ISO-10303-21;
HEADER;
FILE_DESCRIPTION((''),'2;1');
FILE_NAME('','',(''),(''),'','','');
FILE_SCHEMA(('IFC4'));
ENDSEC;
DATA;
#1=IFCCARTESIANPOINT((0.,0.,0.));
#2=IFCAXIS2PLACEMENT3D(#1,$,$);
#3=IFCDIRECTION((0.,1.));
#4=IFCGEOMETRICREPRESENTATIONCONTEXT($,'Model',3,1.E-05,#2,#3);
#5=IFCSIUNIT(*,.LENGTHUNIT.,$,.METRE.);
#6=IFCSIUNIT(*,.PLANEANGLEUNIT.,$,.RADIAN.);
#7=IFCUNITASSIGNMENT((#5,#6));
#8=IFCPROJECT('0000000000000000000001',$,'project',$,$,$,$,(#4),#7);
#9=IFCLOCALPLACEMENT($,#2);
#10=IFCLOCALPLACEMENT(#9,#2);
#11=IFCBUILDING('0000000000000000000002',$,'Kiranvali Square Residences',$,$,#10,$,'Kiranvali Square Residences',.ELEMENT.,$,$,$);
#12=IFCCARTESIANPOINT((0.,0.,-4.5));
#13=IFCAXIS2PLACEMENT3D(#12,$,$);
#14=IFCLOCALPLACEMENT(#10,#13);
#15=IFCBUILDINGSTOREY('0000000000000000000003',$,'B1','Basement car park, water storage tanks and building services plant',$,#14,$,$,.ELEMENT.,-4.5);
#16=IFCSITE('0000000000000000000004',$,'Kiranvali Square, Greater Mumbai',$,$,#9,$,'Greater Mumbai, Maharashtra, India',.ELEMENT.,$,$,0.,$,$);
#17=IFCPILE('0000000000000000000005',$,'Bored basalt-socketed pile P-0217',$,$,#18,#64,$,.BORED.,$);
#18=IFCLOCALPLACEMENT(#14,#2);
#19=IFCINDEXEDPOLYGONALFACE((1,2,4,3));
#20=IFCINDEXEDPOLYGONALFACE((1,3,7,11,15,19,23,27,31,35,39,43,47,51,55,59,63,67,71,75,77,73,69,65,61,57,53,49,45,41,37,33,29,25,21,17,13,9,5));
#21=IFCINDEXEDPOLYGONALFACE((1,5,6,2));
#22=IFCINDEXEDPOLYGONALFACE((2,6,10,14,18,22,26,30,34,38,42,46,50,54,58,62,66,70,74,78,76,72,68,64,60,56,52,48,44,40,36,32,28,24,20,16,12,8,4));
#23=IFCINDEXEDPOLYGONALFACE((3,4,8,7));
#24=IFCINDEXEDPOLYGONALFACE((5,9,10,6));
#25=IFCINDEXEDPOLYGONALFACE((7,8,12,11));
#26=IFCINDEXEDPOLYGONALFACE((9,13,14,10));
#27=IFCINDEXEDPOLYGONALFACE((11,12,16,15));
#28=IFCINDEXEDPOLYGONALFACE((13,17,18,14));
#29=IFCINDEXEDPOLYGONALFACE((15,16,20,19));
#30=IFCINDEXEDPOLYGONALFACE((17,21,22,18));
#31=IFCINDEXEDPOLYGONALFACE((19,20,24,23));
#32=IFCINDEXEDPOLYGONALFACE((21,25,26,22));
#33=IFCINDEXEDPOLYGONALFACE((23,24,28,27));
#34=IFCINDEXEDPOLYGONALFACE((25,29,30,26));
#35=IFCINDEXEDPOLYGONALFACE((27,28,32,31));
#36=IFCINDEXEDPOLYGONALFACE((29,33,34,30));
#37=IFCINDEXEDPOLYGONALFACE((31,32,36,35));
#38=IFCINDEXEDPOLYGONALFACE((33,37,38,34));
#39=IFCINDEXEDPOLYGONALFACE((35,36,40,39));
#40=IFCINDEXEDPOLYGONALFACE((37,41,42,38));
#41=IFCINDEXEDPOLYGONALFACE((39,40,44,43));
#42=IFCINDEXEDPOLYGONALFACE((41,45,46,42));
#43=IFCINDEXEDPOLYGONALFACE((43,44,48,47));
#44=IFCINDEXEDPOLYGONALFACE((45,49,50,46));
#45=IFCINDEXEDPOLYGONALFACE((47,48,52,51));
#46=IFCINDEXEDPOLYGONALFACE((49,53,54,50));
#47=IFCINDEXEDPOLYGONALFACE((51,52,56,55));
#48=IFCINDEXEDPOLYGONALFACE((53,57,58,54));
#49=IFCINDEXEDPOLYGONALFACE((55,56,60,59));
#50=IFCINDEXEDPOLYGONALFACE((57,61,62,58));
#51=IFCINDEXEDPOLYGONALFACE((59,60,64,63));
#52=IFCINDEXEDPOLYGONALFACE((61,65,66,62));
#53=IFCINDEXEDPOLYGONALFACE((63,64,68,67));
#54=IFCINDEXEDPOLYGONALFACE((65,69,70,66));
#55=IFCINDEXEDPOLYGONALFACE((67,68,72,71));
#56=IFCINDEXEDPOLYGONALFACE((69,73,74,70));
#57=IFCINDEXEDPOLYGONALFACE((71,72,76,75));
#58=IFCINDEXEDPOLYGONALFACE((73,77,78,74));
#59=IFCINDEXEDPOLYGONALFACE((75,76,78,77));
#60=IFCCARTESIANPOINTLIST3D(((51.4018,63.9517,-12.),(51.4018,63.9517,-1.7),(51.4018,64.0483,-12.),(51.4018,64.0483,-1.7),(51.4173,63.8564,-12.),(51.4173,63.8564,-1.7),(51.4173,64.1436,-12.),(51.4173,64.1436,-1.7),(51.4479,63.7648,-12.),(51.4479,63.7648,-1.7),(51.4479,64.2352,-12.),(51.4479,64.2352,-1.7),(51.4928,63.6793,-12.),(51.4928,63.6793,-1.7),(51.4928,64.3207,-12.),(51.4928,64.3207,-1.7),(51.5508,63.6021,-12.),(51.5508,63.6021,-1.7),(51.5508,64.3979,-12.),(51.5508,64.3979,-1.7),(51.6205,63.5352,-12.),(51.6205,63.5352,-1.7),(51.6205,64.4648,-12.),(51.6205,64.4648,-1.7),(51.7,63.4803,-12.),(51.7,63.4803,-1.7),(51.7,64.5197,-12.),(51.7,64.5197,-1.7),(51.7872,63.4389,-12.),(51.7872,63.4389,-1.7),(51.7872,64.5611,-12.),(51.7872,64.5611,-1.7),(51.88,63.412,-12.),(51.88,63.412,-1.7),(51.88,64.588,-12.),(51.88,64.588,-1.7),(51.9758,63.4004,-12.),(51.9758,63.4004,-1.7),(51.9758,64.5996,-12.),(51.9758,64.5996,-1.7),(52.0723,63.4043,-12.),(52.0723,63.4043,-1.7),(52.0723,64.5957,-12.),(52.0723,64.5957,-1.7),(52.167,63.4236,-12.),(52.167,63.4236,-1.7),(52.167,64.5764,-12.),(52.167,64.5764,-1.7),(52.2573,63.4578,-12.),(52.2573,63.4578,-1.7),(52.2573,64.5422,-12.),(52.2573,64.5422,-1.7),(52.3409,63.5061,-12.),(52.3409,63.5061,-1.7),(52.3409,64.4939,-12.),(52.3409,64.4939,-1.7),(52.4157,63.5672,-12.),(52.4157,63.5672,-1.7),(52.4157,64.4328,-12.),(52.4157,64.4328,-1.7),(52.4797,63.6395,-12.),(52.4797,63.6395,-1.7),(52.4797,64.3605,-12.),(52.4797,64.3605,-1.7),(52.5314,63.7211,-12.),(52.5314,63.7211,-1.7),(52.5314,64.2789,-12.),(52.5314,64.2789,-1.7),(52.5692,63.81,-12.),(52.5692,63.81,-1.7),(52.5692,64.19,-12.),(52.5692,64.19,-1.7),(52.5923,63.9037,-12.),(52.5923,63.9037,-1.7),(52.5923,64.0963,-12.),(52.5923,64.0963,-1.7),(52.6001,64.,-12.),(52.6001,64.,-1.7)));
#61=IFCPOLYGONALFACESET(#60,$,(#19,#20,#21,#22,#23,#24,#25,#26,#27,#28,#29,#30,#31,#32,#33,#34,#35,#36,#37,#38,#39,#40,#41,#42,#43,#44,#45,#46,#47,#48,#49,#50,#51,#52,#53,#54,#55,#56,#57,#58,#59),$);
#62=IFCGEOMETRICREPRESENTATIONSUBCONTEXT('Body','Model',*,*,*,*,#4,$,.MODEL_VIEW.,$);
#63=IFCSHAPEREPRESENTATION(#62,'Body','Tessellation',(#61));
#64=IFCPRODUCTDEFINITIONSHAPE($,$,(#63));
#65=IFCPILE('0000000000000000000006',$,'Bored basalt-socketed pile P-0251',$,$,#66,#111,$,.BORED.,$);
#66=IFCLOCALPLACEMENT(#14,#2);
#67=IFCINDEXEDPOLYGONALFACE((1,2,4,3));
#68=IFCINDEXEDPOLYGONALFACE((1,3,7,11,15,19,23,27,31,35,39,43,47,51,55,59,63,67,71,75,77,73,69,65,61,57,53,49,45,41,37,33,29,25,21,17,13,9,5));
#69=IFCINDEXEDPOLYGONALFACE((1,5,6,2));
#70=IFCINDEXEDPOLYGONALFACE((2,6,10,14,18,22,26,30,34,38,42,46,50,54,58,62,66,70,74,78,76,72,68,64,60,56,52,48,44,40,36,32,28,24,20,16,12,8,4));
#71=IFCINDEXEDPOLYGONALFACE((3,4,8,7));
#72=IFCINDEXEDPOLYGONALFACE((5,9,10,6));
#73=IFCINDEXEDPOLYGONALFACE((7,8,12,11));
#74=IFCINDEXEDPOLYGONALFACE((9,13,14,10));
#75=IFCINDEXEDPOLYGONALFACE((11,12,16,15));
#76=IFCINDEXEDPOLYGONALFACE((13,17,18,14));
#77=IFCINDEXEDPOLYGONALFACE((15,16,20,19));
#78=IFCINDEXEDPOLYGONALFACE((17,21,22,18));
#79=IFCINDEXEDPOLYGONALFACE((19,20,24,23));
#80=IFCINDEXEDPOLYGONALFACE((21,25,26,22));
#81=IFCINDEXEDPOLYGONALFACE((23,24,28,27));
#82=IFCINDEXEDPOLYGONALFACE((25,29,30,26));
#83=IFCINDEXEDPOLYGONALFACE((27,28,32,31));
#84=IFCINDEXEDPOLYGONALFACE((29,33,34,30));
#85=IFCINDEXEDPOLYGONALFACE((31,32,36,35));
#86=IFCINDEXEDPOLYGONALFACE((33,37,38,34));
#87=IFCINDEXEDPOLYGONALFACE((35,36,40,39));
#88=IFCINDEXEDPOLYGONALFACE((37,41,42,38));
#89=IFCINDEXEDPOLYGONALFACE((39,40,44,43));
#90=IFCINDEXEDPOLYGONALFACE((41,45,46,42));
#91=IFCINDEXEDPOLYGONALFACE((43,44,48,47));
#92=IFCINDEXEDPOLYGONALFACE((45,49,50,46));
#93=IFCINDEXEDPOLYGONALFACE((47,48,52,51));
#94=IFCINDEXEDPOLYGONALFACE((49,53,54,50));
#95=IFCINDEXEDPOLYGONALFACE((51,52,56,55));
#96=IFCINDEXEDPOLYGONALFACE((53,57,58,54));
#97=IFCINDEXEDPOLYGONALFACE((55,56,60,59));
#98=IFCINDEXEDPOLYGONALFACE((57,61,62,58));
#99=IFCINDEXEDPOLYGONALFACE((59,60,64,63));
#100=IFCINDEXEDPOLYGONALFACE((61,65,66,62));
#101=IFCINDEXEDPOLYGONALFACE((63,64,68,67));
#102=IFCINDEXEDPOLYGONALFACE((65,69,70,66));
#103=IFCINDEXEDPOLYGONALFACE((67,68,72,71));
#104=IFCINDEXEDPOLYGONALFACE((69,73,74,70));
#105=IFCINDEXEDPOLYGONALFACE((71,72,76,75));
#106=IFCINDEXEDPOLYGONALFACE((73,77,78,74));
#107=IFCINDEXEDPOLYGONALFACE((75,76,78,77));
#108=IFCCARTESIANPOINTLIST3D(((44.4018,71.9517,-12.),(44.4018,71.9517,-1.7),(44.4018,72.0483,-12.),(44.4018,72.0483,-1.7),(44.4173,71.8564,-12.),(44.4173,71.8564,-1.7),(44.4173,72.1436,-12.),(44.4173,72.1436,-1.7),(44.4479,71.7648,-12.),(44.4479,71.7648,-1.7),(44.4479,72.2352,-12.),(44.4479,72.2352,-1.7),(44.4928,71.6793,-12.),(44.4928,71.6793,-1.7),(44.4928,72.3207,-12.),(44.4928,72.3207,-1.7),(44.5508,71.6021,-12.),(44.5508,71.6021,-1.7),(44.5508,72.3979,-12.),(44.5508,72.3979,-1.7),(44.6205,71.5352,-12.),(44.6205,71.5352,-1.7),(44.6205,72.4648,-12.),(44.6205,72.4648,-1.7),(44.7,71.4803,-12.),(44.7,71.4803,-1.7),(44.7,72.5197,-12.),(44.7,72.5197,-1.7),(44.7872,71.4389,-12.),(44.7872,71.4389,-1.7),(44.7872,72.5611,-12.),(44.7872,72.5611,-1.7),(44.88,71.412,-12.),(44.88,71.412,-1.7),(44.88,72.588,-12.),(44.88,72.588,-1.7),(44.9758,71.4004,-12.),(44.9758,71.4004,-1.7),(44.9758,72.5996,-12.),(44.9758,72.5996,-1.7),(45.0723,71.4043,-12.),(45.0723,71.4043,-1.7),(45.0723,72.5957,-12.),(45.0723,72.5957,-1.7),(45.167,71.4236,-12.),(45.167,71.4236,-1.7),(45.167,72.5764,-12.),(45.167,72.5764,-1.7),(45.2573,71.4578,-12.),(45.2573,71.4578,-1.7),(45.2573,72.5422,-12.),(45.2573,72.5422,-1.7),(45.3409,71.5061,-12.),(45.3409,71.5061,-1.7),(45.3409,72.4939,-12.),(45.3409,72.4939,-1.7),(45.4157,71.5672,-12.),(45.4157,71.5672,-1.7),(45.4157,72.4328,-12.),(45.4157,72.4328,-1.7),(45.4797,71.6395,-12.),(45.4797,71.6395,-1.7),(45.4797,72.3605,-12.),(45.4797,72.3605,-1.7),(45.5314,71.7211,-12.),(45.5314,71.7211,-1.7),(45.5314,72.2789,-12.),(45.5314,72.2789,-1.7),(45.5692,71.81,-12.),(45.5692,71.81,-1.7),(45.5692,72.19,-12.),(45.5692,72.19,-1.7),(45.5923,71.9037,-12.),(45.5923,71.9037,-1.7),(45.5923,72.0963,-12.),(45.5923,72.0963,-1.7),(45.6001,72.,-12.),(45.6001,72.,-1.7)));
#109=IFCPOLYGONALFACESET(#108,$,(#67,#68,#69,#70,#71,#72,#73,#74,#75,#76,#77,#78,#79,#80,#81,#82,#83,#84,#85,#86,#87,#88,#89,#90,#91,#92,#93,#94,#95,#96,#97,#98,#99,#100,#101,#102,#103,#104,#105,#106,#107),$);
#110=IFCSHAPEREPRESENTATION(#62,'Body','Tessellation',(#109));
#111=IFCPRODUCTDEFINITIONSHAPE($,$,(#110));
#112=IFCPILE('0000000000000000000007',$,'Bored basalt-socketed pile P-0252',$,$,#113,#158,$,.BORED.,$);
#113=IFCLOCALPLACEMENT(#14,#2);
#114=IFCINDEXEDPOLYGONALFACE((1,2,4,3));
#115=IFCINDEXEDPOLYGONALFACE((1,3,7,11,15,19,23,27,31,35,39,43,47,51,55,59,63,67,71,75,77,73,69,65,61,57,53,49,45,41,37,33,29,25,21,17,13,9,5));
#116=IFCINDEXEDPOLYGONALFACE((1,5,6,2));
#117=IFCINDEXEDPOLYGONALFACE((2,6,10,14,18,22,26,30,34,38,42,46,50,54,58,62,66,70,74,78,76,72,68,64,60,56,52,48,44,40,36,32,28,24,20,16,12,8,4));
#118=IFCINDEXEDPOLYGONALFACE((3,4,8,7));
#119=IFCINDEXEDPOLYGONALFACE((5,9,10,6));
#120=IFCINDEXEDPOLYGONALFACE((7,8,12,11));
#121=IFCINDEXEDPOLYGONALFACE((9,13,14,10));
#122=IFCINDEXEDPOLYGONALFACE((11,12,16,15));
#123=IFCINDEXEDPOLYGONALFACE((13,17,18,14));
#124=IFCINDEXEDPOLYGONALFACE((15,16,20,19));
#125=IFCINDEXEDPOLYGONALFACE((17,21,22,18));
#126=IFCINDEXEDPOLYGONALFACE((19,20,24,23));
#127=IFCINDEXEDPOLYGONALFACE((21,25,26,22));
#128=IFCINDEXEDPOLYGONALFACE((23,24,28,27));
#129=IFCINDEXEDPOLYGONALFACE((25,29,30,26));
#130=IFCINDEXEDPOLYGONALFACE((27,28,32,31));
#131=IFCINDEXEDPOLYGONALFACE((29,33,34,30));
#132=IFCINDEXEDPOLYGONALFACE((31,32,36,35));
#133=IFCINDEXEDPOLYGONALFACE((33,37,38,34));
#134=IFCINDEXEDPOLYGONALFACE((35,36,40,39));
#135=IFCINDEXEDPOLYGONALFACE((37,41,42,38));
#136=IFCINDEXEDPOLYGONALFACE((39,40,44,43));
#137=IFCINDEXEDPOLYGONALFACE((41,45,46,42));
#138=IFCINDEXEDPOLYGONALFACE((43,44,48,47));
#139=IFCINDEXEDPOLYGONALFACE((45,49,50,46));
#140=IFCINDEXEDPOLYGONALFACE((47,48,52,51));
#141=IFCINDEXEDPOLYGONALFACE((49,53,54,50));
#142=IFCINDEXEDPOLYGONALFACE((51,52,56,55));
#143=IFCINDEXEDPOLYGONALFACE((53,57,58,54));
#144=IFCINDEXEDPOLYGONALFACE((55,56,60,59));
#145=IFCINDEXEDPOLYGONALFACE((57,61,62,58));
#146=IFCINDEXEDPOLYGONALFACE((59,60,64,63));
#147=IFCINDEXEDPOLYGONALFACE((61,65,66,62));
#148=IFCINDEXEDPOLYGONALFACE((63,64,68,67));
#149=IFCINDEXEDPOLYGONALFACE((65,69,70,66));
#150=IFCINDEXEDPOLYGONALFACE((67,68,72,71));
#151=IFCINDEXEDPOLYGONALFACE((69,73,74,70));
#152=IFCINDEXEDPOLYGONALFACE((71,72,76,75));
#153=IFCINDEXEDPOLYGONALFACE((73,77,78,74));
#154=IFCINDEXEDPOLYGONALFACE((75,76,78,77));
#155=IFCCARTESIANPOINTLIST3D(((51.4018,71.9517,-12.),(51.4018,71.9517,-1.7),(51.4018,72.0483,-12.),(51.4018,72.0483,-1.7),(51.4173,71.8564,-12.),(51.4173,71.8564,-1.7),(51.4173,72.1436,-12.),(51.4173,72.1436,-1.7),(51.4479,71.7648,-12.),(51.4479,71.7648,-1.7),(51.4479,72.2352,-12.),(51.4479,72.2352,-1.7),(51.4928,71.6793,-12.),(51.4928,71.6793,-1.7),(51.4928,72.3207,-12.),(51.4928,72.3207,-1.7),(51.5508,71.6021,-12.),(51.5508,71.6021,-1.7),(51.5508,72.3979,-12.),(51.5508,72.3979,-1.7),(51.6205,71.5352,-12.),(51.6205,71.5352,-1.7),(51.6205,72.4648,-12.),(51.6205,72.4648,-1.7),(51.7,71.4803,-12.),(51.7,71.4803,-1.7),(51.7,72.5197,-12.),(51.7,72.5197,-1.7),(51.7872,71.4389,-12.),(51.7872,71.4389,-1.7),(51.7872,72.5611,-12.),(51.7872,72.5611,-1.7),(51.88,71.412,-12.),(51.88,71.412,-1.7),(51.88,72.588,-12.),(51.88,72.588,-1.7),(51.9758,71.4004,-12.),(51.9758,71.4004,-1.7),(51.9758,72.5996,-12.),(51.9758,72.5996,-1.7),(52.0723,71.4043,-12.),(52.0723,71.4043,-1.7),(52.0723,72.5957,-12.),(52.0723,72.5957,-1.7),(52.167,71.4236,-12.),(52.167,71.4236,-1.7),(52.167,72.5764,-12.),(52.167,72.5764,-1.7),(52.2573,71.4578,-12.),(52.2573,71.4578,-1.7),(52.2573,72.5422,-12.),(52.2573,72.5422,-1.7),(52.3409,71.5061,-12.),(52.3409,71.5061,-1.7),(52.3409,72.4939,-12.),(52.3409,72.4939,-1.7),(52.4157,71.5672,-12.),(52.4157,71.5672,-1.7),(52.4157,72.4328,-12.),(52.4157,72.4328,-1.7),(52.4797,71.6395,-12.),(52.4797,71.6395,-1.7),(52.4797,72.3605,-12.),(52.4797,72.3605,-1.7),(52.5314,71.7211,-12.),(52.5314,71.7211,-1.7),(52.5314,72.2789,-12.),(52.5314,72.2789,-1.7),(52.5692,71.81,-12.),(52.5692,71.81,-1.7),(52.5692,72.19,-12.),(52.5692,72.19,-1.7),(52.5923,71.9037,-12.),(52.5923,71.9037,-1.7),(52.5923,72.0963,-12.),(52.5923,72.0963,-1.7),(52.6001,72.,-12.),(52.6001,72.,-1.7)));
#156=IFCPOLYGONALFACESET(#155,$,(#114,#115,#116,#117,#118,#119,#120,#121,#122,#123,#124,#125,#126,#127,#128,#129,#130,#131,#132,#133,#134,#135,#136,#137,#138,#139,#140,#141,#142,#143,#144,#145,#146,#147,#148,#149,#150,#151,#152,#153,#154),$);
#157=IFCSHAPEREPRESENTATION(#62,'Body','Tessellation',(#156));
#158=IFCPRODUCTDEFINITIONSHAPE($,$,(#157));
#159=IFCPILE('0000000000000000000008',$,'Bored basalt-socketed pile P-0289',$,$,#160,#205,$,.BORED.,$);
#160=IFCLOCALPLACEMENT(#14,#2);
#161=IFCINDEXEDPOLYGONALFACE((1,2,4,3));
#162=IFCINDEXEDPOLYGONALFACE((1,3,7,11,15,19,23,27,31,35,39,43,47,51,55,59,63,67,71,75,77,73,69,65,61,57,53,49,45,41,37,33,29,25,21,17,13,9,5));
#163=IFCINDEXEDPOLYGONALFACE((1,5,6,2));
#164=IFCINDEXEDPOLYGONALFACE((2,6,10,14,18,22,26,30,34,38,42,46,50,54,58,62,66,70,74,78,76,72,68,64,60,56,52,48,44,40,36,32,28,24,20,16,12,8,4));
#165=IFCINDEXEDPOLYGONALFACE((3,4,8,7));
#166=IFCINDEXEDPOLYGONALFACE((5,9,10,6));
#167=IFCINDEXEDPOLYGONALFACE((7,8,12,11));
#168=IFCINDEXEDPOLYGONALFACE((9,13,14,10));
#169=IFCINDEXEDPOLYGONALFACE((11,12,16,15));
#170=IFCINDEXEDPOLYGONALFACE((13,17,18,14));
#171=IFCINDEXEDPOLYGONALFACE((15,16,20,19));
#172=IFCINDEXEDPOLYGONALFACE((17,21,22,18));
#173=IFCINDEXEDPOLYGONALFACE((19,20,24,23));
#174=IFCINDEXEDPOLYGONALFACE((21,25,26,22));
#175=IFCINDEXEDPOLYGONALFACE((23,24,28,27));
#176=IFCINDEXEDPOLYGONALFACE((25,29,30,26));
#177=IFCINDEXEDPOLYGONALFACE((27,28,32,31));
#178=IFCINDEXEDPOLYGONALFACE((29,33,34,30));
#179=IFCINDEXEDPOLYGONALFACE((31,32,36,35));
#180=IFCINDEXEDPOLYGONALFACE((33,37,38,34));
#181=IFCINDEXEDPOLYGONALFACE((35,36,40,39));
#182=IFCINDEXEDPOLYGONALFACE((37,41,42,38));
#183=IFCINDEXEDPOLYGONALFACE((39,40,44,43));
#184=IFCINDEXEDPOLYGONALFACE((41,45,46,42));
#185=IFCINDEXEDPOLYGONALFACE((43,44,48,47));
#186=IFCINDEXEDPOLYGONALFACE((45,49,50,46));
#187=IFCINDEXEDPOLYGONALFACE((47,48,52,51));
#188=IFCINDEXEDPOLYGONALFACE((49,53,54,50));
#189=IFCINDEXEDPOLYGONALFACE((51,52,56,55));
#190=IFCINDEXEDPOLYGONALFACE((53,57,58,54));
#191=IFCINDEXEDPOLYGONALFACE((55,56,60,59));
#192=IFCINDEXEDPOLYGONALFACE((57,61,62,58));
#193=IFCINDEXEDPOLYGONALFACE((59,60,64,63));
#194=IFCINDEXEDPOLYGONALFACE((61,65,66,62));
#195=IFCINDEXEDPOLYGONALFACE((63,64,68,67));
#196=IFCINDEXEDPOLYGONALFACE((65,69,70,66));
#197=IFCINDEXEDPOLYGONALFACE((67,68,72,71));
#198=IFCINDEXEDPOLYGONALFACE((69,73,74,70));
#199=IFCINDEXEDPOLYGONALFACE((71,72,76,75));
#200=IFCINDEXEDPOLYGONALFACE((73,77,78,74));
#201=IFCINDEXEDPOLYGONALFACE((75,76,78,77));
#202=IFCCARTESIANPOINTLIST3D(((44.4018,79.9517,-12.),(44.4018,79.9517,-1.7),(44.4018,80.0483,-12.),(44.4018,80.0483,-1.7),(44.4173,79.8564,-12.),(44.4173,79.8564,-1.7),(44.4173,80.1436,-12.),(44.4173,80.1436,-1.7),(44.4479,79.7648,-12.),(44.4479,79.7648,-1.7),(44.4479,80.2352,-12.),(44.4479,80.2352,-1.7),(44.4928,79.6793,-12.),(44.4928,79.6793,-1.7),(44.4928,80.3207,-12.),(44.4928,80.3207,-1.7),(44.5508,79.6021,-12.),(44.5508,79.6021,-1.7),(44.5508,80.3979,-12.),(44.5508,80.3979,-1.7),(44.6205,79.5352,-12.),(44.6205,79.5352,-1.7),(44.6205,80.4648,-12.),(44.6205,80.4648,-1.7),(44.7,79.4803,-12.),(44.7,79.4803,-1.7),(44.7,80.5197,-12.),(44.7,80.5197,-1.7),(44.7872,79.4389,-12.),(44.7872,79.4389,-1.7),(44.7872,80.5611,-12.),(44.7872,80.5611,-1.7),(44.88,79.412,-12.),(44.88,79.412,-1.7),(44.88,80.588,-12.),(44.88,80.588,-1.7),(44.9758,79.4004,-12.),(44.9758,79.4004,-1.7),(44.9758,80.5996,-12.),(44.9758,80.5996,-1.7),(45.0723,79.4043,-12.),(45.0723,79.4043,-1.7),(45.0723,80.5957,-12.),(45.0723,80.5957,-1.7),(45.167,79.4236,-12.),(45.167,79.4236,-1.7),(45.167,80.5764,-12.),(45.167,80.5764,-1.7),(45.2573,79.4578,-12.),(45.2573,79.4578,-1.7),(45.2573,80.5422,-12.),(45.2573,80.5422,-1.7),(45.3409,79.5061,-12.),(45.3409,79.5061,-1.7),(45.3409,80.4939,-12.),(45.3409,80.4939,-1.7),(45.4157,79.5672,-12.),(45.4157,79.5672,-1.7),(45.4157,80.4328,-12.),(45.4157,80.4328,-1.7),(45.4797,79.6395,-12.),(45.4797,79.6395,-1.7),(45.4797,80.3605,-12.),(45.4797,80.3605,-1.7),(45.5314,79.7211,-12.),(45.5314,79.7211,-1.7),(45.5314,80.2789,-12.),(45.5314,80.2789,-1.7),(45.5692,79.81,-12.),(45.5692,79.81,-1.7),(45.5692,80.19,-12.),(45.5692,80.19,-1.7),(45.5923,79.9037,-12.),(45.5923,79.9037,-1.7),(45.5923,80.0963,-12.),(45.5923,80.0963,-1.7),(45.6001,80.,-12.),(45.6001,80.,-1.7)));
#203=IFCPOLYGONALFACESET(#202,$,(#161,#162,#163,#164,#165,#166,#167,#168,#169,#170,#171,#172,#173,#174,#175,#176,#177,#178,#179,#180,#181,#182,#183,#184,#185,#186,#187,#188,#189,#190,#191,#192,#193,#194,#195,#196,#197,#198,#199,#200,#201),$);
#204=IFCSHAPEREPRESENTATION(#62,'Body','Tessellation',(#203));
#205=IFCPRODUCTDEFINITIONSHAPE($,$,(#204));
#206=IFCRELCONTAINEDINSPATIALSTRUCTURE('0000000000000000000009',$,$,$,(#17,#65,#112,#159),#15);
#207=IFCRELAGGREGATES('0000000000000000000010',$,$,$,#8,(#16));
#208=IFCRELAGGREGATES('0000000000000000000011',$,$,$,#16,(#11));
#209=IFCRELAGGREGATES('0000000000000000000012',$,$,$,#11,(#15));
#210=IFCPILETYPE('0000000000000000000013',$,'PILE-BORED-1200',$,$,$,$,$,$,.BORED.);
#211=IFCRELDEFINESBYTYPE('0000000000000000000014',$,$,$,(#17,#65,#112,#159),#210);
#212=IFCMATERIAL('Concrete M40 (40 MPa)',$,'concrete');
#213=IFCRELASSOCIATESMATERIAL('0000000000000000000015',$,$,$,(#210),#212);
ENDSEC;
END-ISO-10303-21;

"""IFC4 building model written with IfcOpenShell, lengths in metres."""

from ifc_helpers import new_model, si_unit, direction, frame, origin, origin_2d, place, context, subcontext, project, spatial, circle, extrude, material, material_profile, profile_set, type_object, element, save


model = new_model("IFC4")

# Units and contexts
model_context = context("Model", 3, precision=1e-05, world=origin(), true_north=direction((0.0, 1.0)))
body_context = subcontext(model_context, "Body", "Model", "MODEL_VIEW")
ifc_project = project(units=[si_unit("LENGTHUNIT", "METRE"), si_unit("PLANEANGLEUNIT", "RADIAN")], contexts=[model_context])

# Site, building, storey
site_placement = place(None, origin())
site = spatial("IfcSite", under=ifc_project, at=site_placement, Name="Kiranvali Square, Greater Mumbai", LongName="Greater Mumbai, Maharashtra, India", CompositionType="ELEMENT", RefElevation=0.0)
building_placement = place(site_placement, origin())
building = spatial("IfcBuilding", under=site, at=building_placement, Name="Kiranvali Square Residences", LongName="Kiranvali Square Residences", CompositionType="ELEMENT")
storey_placement = place(building_placement, frame((0.0, 0.0, -4.5)))
storey = spatial("IfcBuildingStorey", under=building, at=storey_placement, Name="B1", Description="Basement car park, water storage tanks and building services plant", CompositionType="ELEMENT", Elevation=-4.5)

# Shared definitions
ifc_material = material(Name="Concrete M40 (40 MPa)", Category="concrete")

# Piles
ifc_material_profile_1 = material_profile(ifc_material, circle(Radius=0.6001, at=origin_2d()), Name="BORED PILE 1200")
ifc_profile_set_1 = profile_set([ifc_material_profile_1], Name="Concrete M40 (40 MPa)")
pile_type = type_object("IfcPileType", Name="PILE-BORED-1200", PredefinedType="BORED", material=ifc_profile_set_1)
for number, where, z_axis, x_axis, name in (
    (1, (52.0, 64.0, -1.7), (0.0, 0.0, -1.0), (1.0, 0.0, 0.0), "Bored basalt-socketed pile P-0217"),
    (2, (45.0, 72.0, -1.7), (0.0, 0.0, -1.0), (1.0, 0.0, 0.0), "Bored basalt-socketed pile P-0251"),
    (3, (52.0, 72.0, -1.7), (0.0, 0.0, -1.0), (1.0, 0.0, 0.0), "Bored basalt-socketed pile P-0252"),
    (4, (45.0, 80.0, -1.7), (0.0, 0.0, -1.0), (1.0, 0.0, 0.0), "Bored basalt-socketed pile P-0289"),
):
    element("IfcPile", number, at=place(storey_placement, frame(where, z_axis=z_axis, x_axis=x_axis)), inside=storey, type_object=pile_type, Name=name, PredefinedType="BORED", context=body_context, shape_type="SweptSolid", body=[
        extrude(circle(Radius=0.6001, at=origin_2d()), origin(), (0.0, 0.0, 1.0), 10.3),
    ])

save(model, "model.ifc")
